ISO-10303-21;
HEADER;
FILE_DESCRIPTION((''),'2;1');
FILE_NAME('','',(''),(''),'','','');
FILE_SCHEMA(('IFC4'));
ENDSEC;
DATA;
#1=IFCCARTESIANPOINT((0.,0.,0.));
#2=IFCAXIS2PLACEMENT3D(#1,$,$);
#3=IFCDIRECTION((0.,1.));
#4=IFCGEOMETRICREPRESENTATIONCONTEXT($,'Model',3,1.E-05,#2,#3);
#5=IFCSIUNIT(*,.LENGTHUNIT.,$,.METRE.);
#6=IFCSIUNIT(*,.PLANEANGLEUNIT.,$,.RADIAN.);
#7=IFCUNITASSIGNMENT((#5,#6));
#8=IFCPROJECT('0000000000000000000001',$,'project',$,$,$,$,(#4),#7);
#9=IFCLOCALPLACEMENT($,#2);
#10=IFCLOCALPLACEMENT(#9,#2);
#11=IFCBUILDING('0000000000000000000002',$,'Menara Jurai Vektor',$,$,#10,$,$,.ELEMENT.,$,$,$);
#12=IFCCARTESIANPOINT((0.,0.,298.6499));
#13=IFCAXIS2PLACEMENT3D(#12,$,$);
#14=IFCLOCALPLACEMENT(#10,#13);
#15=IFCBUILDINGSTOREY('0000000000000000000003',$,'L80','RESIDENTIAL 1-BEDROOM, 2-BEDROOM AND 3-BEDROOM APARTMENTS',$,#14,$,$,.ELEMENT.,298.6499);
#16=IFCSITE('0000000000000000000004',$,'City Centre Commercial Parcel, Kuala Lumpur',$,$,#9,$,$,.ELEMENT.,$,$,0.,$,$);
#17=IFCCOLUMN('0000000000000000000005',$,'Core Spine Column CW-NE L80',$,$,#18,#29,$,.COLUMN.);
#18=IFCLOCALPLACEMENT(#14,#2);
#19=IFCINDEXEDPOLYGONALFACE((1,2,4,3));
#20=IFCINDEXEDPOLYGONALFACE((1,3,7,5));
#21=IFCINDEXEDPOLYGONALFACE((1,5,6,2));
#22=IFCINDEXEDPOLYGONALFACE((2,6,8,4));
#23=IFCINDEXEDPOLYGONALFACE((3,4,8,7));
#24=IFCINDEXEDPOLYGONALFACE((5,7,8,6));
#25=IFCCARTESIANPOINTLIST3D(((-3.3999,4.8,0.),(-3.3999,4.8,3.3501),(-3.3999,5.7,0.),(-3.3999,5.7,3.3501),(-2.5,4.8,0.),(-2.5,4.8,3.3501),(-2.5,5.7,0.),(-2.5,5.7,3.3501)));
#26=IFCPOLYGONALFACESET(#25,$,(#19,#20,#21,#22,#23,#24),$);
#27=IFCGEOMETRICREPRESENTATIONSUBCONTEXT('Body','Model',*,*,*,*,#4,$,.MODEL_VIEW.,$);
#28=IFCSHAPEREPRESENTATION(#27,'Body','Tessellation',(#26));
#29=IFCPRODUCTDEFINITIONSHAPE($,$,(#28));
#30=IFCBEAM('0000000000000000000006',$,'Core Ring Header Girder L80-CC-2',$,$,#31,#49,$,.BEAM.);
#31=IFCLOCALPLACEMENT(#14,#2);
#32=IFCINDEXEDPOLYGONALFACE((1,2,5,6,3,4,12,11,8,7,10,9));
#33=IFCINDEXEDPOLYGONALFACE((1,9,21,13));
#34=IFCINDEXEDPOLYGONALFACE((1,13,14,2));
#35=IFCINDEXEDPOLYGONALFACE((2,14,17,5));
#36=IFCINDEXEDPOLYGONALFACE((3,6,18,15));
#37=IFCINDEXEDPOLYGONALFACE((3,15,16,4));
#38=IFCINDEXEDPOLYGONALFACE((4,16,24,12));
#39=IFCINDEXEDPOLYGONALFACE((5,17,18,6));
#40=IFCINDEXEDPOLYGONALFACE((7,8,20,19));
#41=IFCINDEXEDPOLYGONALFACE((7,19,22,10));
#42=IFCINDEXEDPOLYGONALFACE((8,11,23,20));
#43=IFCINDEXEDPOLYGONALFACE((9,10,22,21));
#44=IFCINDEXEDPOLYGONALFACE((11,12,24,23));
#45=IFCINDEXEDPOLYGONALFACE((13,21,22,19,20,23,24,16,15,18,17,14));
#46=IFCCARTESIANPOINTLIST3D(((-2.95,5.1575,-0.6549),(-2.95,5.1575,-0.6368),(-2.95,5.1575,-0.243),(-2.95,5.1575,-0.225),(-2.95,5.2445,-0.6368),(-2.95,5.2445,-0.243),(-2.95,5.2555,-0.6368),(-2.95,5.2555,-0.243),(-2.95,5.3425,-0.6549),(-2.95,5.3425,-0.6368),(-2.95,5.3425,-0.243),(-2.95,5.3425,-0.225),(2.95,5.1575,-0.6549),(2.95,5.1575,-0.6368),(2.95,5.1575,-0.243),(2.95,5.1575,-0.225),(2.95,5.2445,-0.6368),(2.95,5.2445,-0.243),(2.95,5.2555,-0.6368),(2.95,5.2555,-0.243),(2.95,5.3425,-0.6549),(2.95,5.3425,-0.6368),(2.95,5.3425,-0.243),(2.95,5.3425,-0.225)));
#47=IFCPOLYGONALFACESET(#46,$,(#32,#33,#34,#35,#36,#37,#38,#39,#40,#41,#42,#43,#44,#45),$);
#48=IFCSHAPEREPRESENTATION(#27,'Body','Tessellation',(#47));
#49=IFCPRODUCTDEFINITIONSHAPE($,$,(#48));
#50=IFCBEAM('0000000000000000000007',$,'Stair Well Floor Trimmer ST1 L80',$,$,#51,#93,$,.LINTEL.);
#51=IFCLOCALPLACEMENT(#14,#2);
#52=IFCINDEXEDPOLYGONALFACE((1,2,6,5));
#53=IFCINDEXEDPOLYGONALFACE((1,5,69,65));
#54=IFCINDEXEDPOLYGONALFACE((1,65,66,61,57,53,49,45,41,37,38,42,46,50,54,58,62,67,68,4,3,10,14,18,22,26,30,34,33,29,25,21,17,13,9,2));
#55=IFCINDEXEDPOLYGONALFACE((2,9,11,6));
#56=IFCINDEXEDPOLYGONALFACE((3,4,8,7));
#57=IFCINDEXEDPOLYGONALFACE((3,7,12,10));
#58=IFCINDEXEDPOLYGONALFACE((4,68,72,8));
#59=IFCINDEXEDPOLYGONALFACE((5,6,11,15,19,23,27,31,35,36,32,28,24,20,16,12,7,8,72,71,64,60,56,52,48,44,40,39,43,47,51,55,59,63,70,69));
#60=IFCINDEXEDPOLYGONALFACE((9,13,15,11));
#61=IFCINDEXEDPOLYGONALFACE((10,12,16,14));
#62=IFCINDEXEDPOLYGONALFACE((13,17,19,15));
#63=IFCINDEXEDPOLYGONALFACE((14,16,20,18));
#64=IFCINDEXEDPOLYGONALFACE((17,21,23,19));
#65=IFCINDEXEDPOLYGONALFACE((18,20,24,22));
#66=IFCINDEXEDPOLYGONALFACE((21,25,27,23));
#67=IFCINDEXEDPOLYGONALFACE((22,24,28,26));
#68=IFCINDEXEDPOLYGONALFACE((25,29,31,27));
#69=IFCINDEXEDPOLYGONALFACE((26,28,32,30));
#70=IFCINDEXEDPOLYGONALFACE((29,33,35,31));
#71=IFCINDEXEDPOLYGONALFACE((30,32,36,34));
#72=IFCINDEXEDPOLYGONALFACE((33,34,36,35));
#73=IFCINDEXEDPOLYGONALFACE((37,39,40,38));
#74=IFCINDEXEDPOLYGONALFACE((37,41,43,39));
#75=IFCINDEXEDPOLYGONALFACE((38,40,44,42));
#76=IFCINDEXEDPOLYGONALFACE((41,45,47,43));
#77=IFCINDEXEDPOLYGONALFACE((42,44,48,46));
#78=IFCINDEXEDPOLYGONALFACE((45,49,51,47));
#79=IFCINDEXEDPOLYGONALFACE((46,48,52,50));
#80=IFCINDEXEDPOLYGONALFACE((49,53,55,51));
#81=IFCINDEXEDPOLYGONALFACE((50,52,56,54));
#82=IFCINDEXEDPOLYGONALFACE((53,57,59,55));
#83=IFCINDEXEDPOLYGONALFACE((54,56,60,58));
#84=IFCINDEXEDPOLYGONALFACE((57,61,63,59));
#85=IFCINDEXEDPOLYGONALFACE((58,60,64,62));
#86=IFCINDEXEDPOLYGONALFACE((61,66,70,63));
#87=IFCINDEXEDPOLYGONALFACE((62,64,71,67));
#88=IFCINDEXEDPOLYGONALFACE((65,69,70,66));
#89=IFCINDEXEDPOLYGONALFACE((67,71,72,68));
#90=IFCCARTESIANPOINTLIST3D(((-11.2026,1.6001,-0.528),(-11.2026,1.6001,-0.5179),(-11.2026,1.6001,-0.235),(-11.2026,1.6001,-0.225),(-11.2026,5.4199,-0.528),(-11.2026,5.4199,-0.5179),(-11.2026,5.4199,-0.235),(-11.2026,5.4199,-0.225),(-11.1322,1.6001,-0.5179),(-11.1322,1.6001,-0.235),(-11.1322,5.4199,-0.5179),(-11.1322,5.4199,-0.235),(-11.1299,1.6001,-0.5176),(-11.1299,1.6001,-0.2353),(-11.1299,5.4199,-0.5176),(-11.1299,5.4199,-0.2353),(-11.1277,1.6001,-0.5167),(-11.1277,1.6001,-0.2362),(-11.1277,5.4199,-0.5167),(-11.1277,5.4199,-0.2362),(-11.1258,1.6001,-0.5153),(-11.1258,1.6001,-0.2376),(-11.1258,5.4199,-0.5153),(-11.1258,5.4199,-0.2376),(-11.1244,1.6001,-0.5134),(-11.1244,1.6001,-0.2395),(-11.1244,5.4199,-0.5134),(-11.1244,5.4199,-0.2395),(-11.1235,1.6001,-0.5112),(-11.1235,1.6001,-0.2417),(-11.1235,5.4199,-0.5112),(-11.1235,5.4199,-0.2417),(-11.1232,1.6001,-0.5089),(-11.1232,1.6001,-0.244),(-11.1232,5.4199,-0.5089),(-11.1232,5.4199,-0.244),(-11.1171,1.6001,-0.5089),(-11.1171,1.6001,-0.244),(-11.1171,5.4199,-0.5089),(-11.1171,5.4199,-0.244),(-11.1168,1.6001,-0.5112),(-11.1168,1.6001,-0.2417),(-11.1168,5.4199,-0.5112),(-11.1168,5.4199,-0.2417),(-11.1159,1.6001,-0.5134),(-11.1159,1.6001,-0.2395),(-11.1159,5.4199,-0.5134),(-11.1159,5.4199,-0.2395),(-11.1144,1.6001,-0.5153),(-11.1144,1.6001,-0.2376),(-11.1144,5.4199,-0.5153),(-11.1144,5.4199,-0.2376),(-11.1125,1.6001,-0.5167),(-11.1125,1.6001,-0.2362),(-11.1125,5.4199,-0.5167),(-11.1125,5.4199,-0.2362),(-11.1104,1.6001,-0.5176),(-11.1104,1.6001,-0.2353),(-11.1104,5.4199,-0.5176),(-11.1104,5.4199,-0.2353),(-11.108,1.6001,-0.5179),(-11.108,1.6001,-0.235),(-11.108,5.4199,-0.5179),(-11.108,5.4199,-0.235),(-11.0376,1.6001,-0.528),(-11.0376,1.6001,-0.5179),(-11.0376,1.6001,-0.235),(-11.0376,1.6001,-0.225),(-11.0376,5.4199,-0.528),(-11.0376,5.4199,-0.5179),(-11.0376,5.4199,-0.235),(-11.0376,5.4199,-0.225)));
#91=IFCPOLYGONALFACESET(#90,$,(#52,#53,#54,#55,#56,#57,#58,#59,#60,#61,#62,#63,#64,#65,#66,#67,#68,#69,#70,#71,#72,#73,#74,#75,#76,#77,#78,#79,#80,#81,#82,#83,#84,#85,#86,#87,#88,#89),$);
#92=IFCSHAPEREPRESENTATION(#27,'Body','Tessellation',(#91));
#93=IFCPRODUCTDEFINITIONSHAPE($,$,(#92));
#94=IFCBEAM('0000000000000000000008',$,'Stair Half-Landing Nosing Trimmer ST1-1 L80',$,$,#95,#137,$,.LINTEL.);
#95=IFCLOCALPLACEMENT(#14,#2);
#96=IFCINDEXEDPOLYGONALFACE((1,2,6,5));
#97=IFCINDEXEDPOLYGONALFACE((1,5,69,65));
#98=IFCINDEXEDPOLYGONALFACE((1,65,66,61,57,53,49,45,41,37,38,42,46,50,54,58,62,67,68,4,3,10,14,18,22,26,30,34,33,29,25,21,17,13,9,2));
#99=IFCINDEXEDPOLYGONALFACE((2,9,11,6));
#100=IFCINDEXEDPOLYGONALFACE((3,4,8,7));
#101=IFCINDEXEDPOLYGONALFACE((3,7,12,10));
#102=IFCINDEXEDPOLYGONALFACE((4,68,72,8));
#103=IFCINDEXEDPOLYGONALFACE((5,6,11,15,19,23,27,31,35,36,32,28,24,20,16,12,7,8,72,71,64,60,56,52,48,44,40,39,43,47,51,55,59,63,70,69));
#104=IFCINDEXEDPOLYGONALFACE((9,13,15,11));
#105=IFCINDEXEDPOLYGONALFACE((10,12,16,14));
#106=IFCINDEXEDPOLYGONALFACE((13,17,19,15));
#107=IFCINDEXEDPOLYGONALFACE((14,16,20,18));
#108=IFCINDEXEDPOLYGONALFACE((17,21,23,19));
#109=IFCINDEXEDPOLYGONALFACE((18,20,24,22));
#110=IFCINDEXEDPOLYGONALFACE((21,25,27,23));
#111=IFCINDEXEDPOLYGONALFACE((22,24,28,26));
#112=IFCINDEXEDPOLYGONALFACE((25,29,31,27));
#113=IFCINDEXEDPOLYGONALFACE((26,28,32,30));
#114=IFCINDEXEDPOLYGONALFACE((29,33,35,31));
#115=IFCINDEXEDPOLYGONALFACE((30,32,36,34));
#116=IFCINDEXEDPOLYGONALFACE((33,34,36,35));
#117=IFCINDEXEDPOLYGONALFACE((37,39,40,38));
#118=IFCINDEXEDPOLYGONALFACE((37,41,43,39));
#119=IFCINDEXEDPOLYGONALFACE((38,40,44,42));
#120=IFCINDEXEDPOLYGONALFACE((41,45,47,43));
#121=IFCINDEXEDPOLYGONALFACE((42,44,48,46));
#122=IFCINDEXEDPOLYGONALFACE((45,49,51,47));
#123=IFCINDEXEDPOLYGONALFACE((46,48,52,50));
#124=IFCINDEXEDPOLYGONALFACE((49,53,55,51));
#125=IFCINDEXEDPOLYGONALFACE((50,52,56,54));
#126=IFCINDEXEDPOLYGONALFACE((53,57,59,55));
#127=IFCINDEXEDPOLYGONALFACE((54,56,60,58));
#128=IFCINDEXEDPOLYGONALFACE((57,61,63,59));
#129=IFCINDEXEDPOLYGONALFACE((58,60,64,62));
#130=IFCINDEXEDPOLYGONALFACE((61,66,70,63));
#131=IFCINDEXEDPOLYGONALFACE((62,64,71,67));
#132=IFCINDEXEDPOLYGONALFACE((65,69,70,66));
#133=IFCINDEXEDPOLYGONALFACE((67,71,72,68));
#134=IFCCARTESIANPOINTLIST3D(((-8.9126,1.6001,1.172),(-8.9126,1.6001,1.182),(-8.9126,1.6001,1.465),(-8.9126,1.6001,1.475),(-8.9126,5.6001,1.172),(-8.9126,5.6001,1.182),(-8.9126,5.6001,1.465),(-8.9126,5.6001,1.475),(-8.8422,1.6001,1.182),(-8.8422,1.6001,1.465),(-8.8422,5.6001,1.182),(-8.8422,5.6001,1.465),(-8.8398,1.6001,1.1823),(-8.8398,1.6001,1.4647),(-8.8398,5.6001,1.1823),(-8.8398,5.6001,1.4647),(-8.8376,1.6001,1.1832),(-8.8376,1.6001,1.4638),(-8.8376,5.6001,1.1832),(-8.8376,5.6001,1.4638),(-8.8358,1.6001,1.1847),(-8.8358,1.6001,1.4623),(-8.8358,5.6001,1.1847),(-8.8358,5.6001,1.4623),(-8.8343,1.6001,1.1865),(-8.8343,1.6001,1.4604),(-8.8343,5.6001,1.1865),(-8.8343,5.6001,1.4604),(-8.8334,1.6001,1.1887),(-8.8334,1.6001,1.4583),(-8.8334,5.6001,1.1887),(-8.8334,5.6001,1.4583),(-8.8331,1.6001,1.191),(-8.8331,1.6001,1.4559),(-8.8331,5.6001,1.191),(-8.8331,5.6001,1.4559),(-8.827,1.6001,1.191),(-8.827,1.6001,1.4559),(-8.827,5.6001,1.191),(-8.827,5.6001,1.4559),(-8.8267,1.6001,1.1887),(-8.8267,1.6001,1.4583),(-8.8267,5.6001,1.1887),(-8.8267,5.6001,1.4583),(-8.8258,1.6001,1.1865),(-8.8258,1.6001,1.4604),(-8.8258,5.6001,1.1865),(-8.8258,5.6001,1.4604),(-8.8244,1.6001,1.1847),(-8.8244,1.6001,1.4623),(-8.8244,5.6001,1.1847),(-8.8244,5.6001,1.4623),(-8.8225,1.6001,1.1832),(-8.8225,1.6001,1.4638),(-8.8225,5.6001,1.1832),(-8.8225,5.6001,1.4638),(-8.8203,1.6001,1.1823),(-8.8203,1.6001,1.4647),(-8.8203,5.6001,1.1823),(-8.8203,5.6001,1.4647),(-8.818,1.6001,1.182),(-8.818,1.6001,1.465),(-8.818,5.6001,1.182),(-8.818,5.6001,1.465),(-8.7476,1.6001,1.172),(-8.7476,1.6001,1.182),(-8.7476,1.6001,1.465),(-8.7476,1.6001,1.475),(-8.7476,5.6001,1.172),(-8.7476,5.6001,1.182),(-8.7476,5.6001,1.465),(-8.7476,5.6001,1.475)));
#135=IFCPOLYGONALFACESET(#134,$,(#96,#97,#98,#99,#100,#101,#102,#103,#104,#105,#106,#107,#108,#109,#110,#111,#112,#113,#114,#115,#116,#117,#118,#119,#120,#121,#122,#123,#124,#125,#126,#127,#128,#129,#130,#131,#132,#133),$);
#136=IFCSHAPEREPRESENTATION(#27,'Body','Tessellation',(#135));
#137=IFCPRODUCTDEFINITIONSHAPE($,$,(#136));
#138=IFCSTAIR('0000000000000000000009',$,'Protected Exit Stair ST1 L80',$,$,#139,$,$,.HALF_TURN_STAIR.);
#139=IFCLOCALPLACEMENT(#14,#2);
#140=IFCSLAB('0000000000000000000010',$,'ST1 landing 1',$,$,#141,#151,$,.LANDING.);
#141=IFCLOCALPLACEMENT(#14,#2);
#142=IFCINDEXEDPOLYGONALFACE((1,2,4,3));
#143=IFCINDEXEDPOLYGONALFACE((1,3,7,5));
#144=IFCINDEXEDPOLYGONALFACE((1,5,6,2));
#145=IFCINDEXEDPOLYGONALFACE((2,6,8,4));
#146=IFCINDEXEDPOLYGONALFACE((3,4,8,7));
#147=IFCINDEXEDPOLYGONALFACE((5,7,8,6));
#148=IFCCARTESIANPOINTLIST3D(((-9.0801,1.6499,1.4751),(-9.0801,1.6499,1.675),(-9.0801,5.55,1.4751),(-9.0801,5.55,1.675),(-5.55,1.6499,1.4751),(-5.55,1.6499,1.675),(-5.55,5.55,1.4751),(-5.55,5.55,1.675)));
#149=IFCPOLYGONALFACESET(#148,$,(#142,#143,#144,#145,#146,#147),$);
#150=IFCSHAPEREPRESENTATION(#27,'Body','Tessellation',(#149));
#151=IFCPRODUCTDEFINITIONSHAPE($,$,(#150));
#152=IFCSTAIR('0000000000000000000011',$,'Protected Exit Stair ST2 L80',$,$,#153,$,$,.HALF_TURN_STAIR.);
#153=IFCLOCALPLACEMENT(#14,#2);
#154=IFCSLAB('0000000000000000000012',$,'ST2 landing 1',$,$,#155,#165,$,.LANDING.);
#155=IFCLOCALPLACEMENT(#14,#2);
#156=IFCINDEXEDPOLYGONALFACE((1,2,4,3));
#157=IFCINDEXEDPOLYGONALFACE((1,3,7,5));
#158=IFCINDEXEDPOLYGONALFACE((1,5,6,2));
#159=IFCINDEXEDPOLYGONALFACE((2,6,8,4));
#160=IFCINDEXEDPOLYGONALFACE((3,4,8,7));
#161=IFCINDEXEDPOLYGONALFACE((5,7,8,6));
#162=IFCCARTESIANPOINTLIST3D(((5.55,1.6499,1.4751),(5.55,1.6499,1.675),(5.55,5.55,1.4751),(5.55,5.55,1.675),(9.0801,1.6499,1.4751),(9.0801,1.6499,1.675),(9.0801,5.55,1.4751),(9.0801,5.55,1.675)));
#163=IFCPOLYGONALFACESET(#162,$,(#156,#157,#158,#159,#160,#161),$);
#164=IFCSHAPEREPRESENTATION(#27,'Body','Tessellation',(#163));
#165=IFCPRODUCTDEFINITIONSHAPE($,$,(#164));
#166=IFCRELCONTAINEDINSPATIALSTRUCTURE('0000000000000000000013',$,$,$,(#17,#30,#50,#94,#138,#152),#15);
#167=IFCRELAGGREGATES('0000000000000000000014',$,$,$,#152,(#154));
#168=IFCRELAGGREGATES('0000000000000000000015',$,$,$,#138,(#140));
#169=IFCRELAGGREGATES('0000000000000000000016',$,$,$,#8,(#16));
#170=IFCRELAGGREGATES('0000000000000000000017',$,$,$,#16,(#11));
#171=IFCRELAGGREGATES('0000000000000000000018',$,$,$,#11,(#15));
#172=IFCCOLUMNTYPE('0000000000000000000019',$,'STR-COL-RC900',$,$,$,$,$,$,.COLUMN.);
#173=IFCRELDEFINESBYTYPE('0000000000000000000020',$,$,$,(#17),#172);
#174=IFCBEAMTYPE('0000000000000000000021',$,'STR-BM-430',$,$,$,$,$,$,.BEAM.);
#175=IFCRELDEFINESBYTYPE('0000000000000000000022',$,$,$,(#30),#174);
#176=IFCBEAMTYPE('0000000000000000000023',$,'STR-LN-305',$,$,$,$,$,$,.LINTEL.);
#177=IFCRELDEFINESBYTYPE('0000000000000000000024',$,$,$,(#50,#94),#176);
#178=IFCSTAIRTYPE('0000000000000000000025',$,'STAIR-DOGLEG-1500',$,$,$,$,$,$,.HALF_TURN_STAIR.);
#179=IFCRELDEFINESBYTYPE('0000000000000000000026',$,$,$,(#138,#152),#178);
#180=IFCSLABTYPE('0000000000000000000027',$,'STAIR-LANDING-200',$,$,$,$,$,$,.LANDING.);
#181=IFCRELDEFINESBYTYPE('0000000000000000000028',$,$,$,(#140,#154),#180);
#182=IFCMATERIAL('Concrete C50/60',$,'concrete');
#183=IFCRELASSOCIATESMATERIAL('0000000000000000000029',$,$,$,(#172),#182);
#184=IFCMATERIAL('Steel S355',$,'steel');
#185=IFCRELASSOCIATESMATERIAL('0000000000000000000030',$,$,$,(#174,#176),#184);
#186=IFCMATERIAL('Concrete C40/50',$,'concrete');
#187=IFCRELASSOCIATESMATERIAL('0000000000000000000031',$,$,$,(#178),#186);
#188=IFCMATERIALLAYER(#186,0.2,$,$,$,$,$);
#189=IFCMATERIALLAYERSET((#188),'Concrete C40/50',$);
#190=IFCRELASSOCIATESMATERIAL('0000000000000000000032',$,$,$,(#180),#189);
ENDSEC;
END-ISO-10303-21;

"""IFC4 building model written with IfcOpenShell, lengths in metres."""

from ifc_helpers import new_model, si_unit, direction, frame, origin, origin_2d, place, context, subcontext, project, spatial, polyline, rectangle, i_section, outline, extrude, material, layer, layer_set, material_profile, profile_set, type_object, element, aggregate, save


model = new_model("IFC4")

# Units and contexts
model_context = context("Model", 3, precision=1e-05, world=origin(), true_north=direction((0.0, 1.0)))
body_context = subcontext(model_context, "Body", "Model", "MODEL_VIEW")
ifc_project = project(units=[si_unit("LENGTHUNIT", "METRE"), si_unit("PLANEANGLEUNIT", "RADIAN")], contexts=[model_context])

# Site, building, storey
site_placement = place(None, origin())
site = spatial("IfcSite", under=ifc_project, at=site_placement, Name="City Centre Commercial Parcel, Kuala Lumpur", CompositionType="ELEMENT", RefElevation=0.0)
building_placement = place(site_placement, origin())
building = spatial("IfcBuilding", under=site, at=building_placement, Name="Menara Jurai Vektor", CompositionType="ELEMENT")
storey_placement = place(building_placement, frame((0.0, 0.0, 298.6499)))
storey = spatial("IfcBuildingStorey", under=building, at=storey_placement, Name="L80", Description="RESIDENTIAL 1-BEDROOM, 2-BEDROOM AND 3-BEDROOM APARTMENTS", CompositionType="ELEMENT", Elevation=298.6499)

# Column
ifc_material_1 = material(Name="Concrete C50/60", Category="concrete")
ifc_material_profile_1 = material_profile(ifc_material_1, rectangle(XDim=0.8999, YDim=0.8999, at=origin_2d()), Name="RC 900x900")
ifc_profile_set_1 = profile_set([ifc_material_profile_1], Name="Concrete C50/60")
column_type = type_object("IfcColumnType", Name="STR-COL-RC900", PredefinedType="COLUMN", material=ifc_profile_set_1)
column_placement = place(storey_placement, frame((-2.95, 5.25, 0.0), z_axis=(0.0, 0.0, 1.0), x_axis=(1.0, 0.0, 0.0)))
element("IfcColumn", 1, at=column_placement, inside=storey, type_object=column_type, Name="Core Spine Column CW-NE L80", PredefinedType="COLUMN", context=body_context, shape_type="SweptSolid", body=[
    extrude(rectangle(XDim=0.8999, YDim=0.8999, at=origin_2d()), origin(), (0.0, 0.0, 1.0), 3.3501),
])

# Beams
ifc_material_2 = material(Name="Steel S355", Category="steel")
ifc_material_profile_2 = material_profile(ifc_material_2, i_section(OverallWidth=0.1851, OverallDepth=0.4299, WebThickness=0.011, FlangeThickness=0.0181, at=origin_2d()), Name="PG 430x185x76")
ifc_profile_set_2 = profile_set([ifc_material_profile_2], Name="Steel S355")
beam_type_1 = type_object("IfcBeamType", Name="STR-BM-430", PredefinedType="BEAM", material=ifc_profile_set_2)
beam_1_placement = place(storey_placement, frame((-2.95, 5.25, -0.4399), z_axis=(1.0, 0.0, 0.0), x_axis=(0.0, 1.0, 0.0)))
element("IfcBeam", 2, at=beam_1_placement, inside=storey, type_object=beam_type_1, Name="Core Ring Header Girder L80-CC-2", PredefinedType="BEAM", context=body_context, shape_type="SweptSolid", body=[
    extrude(i_section(OverallWidth=0.1851, OverallDepth=0.4299, WebThickness=0.011, FlangeThickness=0.0181, at=origin_2d()), origin(), (0.0, 0.0, 1.0), 5.8999),
])
ifc_material_profile_3 = material_profile(ifc_material_2, i_section(OverallWidth=0.165, OverallDepth=0.303, WebThickness=0.0061, FlangeThickness=0.01, FilletRadius=0.009, at=origin_2d()), Name="UKB 305x165x40")
ifc_profile_set_3 = profile_set([ifc_material_profile_3], Name="Steel S355")
beam_type_2 = type_object("IfcBeamType", Name="STR-LN-305", PredefinedType="LINTEL", material=ifc_profile_set_3)
beam_2_placement = place(storey_placement, frame((-11.1201, 1.6001, -0.3765), z_axis=(0.0, 1.0, 0.0), x_axis=(-1.0, 0.0, 0.0)))
element("IfcBeam", 3, at=beam_2_placement, inside=storey, type_object=beam_type_2, Name="Stair Well Floor Trimmer ST1 L80", PredefinedType="LINTEL", context=body_context, shape_type="SweptSolid", body=[
    extrude(i_section(OverallWidth=0.165, OverallDepth=0.303, WebThickness=0.0061, FlangeThickness=0.01, FilletRadius=0.009, at=origin_2d()), origin(), (0.0, 0.0, 1.0), 3.8198),
])
beam_3_placement = place(storey_placement, frame((-8.8301, 1.6001, 1.3235), z_axis=(0.0, 1.0, 0.0), x_axis=(-1.0, 0.0, 0.0)))
element("IfcBeam", 4, at=beam_3_placement, inside=storey, type_object=beam_type_2, Name="Stair Half-Landing Nosing Trimmer ST1-1 L80", PredefinedType="LINTEL", context=body_context, shape_type="SweptSolid", body=[
    extrude(i_section(OverallWidth=0.165, OverallDepth=0.303, WebThickness=0.0061, FlangeThickness=0.01, FilletRadius=0.009, at=origin_2d()), origin(), (0.0, 0.0, 1.0), 4.0),
])

# Stairs, slabs
ifc_material_3 = material(Name="Concrete C40/50", Category="concrete")
stair_type = type_object("IfcStairType", Name="STAIR-DOGLEG-1500", PredefinedType="HALF_TURN_STAIR", material=ifc_material_3)
stair_1_placement = place(storey_placement, origin())
stair_1 = element("IfcStair", 5, at=stair_1_placement, inside=storey, type_object=stair_type, Name="Protected Exit Stair ST1 L80", PredefinedType="HALF_TURN_STAIR")
ifc_layer_1 = layer(ifc_material_3, 0.2)
ifc_layer_set_1 = layer_set([ifc_layer_1], Name="Concrete C40/50")
slab_type_1 = type_object("IfcSlabType", Name="STAIR-LANDING-200", PredefinedType="LANDING", material=ifc_layer_set_1)
slab_1_placement = place(storey_placement, frame((0.0, 0.0, 1.4751)))
slab_1 = element("IfcSlab", 6, at=slab_1_placement, type_object=slab_type_1, Name="ST1 landing 1", PredefinedType="LANDING", context=body_context, shape_type="SweptSolid", body=[
    extrude(outline(polyline([(-9.0801, 1.6499), (-5.55, 1.6499), (-5.55, 5.55), (-9.0801, 5.55), (-9.0801, 1.6499)])), origin(), (0.0, 0.0, 1.0), 0.2),
])
stair_2_placement = place(storey_placement, origin())
stair_2 = element("IfcStair", 7, at=stair_2_placement, inside=storey, type_object=stair_type, Name="Protected Exit Stair ST2 L80", PredefinedType="HALF_TURN_STAIR")
slab_2_placement = place(storey_placement, frame((0.0, 0.0, 1.4751)))
slab_2 = element("IfcSlab", 8, at=slab_2_placement, type_object=slab_type_1, Name="ST2 landing 1", PredefinedType="LANDING", context=body_context, shape_type="SweptSolid", body=[
    extrude(outline(polyline([(5.55, 1.6499), (9.0801, 1.6499), (9.0801, 5.55), (5.55, 5.55), (5.55, 1.6499)])), origin(), (0.0, 0.0, 1.0), 0.2),
])
aggregate(stair_2, [slab_2])

aggregate(stair_1, [slab_1])

save(model, "model.ifc")
